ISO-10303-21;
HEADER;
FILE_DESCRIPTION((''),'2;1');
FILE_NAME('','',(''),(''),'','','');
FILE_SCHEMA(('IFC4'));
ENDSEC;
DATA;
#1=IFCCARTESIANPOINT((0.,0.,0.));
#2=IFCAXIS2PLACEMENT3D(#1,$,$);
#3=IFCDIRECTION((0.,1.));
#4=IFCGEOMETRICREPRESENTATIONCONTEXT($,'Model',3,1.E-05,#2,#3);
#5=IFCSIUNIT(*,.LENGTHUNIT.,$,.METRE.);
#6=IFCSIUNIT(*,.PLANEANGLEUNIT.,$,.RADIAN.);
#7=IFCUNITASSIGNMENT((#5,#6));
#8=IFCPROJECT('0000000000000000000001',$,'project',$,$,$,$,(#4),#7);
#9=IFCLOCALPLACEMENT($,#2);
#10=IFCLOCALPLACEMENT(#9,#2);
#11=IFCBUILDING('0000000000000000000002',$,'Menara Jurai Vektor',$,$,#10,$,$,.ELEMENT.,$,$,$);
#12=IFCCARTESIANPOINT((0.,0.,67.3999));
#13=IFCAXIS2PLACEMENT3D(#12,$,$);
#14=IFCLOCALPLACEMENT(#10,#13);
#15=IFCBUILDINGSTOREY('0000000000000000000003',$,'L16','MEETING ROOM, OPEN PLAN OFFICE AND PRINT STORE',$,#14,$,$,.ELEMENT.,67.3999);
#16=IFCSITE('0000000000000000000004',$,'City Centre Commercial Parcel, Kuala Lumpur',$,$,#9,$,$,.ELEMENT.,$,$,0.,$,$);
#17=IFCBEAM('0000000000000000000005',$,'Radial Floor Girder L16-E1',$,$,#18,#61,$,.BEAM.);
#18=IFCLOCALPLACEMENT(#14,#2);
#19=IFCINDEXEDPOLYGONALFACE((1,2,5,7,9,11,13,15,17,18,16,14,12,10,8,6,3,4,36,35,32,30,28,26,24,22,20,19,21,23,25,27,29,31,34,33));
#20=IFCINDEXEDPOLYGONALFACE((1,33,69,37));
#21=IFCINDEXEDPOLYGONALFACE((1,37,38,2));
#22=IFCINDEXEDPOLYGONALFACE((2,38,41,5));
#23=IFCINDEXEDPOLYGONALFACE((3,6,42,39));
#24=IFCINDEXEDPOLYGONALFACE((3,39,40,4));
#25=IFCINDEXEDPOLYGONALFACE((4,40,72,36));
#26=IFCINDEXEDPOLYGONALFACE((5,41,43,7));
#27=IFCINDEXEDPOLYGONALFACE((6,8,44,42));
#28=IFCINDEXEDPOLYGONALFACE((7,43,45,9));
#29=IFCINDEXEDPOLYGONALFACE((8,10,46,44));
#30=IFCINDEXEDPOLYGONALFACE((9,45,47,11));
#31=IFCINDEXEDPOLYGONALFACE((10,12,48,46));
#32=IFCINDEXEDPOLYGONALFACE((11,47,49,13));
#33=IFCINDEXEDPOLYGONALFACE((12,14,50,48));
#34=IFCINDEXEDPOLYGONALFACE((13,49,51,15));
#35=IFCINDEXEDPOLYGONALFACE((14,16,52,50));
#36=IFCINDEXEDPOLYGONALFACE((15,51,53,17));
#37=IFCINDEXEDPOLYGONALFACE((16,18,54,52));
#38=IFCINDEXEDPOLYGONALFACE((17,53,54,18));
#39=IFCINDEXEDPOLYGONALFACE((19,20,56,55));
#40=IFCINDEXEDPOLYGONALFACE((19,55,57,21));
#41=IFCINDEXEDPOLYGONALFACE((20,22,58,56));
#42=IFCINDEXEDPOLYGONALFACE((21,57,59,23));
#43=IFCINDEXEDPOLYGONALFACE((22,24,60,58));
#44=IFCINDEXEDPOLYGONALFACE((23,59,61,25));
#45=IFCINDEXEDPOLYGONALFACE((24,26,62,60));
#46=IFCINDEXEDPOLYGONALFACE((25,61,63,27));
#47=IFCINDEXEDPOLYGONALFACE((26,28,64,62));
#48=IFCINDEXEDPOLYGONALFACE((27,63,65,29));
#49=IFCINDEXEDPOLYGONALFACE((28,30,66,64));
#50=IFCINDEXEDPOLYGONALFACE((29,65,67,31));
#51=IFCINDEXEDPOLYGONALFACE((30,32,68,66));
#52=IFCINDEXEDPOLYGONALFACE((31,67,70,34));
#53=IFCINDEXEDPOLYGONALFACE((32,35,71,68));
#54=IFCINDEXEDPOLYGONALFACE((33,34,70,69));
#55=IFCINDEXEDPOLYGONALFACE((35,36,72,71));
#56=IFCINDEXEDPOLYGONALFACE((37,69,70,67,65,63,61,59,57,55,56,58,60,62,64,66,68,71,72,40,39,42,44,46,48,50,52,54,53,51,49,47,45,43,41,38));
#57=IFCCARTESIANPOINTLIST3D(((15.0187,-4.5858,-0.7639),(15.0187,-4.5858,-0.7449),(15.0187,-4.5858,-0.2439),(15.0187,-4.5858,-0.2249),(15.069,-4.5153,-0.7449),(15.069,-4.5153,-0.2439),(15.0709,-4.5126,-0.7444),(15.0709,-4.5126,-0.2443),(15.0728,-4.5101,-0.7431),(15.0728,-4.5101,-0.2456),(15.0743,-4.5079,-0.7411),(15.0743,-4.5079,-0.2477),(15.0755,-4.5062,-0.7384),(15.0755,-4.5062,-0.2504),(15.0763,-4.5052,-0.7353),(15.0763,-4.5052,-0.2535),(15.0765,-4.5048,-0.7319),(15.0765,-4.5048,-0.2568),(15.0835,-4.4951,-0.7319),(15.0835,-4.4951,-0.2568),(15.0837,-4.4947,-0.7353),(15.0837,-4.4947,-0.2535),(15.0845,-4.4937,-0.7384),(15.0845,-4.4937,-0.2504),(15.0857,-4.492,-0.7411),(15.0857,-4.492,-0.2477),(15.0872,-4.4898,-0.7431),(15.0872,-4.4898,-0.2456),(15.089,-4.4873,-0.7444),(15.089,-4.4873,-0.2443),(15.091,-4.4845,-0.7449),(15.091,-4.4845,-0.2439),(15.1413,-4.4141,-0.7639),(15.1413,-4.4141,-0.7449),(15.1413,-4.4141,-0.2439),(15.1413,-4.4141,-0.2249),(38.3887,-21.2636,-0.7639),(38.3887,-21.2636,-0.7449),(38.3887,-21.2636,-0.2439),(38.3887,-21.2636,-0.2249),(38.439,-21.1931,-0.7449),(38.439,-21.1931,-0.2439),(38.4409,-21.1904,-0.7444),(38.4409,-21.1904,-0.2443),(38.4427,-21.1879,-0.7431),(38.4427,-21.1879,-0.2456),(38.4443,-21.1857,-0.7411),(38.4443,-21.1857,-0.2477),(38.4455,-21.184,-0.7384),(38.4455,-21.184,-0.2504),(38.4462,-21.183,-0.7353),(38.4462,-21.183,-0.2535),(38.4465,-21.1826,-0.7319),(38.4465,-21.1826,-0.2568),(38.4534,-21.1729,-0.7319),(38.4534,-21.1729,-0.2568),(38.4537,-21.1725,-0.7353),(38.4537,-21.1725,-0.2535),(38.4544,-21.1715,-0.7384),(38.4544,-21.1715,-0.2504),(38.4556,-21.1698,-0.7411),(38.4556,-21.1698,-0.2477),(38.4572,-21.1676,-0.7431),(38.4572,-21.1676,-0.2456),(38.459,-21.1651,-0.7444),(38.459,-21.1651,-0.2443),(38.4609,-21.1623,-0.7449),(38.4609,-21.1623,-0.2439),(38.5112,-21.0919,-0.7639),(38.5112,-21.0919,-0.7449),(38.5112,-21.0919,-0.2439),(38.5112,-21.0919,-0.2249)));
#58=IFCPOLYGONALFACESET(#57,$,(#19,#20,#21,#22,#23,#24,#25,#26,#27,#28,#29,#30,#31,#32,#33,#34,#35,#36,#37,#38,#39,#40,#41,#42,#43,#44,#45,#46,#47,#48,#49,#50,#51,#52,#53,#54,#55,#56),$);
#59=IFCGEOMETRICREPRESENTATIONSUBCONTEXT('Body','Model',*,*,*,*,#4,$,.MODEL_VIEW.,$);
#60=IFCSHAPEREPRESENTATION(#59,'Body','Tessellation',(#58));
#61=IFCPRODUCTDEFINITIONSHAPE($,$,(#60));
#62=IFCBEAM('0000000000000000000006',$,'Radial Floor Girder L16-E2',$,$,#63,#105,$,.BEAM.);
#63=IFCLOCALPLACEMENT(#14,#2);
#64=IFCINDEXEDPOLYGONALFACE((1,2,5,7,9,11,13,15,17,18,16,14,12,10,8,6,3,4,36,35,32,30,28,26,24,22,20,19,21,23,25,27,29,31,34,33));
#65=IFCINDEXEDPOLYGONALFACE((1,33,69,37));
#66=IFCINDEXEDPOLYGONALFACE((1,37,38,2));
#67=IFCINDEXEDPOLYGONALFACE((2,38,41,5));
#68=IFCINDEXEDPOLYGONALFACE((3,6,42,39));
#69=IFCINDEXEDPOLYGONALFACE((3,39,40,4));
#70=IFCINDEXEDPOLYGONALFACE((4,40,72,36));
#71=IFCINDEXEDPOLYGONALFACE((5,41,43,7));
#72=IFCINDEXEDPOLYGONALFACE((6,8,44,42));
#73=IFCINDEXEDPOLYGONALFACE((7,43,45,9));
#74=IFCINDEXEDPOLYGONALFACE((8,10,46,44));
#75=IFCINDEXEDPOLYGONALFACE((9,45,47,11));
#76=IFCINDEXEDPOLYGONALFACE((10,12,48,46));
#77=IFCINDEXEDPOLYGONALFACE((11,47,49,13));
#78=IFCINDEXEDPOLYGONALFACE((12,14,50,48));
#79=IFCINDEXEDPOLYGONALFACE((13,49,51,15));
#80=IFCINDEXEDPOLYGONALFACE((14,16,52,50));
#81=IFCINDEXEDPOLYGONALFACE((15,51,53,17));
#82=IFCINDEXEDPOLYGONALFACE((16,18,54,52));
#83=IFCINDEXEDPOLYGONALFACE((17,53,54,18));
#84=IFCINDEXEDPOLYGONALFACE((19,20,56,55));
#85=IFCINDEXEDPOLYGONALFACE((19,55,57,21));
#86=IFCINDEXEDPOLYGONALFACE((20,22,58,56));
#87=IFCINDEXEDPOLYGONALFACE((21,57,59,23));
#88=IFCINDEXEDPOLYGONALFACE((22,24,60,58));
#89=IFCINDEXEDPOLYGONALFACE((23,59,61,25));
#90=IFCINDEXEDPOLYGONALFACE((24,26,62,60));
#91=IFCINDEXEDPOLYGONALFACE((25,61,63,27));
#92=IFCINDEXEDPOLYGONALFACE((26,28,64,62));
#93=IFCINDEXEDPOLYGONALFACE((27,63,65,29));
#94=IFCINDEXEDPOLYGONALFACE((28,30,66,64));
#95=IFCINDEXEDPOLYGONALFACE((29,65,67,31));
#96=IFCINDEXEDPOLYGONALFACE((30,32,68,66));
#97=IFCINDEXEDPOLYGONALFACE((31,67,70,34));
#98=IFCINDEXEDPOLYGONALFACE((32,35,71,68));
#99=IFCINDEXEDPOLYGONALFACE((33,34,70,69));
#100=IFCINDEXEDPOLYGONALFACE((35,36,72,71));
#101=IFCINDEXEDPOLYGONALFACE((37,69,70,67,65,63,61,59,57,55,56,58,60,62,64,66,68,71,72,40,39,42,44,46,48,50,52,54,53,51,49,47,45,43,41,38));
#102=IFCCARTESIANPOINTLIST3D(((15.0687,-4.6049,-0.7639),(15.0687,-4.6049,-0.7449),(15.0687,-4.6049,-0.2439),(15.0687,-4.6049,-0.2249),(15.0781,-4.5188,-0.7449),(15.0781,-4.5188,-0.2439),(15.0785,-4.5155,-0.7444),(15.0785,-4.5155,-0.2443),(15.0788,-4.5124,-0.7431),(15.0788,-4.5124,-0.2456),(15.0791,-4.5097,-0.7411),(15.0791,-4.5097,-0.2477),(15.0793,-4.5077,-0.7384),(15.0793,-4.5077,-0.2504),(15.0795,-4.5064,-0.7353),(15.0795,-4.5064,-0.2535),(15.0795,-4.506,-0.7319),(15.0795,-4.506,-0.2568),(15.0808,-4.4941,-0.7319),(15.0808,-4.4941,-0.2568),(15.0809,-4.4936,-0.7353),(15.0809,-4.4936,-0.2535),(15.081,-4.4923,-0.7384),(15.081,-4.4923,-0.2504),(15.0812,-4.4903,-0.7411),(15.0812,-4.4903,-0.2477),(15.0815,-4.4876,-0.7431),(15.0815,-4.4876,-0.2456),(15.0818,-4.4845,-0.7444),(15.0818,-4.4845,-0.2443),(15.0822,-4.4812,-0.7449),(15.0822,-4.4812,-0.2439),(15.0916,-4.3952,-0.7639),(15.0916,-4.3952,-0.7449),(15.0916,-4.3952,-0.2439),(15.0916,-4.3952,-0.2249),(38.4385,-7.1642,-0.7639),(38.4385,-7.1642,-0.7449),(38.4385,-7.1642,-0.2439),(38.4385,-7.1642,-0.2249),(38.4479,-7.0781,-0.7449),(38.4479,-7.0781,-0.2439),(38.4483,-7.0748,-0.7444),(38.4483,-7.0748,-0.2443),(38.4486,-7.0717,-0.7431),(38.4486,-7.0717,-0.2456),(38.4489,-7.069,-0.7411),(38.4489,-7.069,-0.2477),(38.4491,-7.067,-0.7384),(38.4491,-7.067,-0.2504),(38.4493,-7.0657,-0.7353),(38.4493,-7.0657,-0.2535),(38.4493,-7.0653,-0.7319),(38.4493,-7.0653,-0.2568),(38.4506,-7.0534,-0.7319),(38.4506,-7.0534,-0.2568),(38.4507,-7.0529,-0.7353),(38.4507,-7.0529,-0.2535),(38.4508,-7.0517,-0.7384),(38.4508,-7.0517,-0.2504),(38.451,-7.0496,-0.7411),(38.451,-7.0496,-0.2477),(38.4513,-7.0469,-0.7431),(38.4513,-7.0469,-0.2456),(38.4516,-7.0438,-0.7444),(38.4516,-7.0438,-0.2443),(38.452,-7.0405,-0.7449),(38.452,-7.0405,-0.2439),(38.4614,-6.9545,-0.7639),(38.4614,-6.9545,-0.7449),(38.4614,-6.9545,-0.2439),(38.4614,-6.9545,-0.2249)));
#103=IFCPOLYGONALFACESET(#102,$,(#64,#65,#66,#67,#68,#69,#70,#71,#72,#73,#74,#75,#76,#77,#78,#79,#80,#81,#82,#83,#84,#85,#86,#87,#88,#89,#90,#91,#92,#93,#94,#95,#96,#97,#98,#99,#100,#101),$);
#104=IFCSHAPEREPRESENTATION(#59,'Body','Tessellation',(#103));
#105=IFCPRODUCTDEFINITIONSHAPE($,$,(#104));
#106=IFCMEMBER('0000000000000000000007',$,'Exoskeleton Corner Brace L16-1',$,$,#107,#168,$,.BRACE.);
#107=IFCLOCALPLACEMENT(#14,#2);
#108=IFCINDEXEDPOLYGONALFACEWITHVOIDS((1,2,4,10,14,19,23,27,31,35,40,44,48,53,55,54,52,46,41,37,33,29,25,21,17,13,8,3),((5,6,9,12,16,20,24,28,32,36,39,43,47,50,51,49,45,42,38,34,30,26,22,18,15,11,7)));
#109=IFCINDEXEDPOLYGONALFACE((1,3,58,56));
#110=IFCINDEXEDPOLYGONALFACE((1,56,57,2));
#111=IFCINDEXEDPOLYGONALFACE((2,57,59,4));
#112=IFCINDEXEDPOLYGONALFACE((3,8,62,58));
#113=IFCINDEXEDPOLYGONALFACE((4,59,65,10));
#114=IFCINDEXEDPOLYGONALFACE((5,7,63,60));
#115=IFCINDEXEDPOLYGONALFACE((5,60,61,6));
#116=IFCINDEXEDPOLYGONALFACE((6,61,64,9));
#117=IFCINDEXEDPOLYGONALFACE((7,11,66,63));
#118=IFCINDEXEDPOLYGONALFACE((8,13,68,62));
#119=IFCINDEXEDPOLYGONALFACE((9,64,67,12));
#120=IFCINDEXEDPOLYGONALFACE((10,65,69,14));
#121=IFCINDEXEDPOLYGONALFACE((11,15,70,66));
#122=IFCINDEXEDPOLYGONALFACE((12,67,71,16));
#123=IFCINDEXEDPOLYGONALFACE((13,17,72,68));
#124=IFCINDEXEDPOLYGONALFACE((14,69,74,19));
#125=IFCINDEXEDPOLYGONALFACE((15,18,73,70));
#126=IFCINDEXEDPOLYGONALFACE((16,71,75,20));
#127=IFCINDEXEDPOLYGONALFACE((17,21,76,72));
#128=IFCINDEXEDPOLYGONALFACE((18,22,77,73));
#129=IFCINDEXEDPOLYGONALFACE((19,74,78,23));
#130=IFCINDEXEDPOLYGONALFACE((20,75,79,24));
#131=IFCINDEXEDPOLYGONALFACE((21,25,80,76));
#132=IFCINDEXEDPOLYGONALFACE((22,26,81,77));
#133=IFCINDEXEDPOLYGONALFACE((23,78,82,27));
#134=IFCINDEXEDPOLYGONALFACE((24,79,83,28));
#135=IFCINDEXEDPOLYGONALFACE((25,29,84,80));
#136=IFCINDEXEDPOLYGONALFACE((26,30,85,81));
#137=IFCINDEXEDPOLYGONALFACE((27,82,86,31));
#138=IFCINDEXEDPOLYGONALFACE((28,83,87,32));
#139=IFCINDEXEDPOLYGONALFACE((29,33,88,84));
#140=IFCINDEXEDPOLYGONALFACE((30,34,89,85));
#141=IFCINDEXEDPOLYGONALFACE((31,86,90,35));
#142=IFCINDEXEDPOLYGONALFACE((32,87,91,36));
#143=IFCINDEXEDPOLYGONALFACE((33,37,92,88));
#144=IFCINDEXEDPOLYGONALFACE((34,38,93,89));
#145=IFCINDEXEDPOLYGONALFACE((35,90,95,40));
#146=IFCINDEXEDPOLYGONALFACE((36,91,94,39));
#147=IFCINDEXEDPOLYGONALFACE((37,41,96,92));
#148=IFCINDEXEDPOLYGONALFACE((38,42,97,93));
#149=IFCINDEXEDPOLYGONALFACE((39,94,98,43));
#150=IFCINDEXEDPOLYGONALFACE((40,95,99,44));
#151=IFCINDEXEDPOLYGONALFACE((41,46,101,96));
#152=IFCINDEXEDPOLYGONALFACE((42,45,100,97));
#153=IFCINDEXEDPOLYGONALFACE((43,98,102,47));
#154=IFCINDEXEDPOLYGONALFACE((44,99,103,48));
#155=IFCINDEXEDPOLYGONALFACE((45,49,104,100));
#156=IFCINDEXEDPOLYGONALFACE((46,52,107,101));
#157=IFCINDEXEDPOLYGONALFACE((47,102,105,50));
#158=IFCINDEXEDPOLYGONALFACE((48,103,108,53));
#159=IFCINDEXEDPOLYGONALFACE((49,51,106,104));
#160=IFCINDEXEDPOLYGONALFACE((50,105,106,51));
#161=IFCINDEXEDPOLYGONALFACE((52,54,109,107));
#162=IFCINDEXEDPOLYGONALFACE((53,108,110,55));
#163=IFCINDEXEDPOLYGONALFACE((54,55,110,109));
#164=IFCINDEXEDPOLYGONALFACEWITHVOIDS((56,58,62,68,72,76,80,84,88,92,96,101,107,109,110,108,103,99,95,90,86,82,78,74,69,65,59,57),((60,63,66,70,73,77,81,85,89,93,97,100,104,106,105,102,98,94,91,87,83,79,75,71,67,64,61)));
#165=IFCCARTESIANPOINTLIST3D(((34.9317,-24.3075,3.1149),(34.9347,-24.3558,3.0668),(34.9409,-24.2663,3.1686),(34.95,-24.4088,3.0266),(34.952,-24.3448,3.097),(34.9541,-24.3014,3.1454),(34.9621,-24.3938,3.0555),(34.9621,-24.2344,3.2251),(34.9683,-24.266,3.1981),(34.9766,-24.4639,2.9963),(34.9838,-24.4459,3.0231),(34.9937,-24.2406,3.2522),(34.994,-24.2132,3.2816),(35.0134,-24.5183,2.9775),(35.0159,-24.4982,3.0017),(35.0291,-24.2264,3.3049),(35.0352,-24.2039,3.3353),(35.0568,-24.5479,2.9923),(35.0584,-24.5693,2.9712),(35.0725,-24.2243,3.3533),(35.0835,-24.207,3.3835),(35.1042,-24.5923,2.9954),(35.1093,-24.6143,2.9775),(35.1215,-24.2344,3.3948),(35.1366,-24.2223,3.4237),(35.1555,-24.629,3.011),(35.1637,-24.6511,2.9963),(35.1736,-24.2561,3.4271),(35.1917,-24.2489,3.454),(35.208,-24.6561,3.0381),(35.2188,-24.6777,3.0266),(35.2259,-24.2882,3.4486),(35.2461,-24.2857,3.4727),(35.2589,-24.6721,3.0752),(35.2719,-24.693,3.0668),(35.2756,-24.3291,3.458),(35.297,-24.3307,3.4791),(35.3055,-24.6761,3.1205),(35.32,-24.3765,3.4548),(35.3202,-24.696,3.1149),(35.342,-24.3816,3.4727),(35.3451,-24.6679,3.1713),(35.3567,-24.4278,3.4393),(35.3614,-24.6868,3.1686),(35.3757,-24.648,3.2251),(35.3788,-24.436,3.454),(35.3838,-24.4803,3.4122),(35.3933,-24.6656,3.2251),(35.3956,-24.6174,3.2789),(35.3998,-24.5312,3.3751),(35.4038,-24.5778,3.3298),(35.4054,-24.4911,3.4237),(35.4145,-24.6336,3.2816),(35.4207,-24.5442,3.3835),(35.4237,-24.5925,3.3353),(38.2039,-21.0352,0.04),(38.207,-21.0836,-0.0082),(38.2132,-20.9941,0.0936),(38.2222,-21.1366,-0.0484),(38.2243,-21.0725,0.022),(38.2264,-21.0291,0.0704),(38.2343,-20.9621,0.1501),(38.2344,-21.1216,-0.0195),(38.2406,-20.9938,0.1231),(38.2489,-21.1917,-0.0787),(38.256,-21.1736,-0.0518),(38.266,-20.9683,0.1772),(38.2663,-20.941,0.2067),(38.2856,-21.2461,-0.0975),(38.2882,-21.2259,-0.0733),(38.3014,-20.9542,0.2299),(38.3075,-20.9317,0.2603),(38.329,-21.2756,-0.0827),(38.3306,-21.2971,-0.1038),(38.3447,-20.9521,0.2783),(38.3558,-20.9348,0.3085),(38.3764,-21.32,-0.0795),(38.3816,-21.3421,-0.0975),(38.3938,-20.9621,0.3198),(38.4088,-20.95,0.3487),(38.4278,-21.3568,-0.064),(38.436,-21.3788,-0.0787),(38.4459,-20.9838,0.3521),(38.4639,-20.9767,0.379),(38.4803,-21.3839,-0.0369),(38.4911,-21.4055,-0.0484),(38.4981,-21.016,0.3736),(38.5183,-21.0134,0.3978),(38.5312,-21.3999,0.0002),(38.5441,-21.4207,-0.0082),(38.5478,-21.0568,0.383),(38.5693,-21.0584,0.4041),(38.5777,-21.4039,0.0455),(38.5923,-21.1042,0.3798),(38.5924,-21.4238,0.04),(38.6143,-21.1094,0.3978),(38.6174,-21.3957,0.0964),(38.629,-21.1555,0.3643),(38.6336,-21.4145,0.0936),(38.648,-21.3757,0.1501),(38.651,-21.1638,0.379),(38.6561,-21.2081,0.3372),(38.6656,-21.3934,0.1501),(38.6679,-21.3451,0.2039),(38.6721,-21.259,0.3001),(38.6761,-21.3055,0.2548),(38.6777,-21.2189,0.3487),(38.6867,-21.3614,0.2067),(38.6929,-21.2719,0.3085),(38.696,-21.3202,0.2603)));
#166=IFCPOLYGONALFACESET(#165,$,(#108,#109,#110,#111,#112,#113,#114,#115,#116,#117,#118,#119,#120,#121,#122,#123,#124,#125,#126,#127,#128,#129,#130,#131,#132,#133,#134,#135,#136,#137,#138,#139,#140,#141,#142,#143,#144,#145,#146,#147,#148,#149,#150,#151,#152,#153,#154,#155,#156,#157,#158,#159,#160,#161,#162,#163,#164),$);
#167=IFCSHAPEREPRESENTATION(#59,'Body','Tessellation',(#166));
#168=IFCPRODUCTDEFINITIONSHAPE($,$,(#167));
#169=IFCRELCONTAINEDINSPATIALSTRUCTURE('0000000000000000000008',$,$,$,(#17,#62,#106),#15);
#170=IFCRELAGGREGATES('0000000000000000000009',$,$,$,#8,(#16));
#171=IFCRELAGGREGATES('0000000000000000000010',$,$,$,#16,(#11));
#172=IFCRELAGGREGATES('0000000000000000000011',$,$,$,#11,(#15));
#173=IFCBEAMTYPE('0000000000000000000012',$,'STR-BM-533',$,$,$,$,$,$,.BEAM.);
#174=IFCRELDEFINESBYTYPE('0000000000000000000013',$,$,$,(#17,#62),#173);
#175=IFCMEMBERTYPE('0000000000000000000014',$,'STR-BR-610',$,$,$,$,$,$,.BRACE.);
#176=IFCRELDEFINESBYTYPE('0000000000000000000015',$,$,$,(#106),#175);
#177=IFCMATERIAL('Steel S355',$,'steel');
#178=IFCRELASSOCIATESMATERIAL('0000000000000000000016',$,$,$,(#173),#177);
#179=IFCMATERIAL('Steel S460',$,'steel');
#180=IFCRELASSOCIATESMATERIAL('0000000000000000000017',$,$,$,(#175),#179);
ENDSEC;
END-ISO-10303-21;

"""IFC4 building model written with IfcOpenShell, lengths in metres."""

from ifc_helpers import new_model, si_unit, direction, frame, origin, origin_2d, place, context, subcontext, project, spatial, hollow_circle, i_section, extrude, material, material_profile, profile_set, type_object, element, save


model = new_model("IFC4")

# Units and contexts
model_context = context("Model", 3, precision=1e-05, world=origin(), true_north=direction((0.0, 1.0)))
body_context = subcontext(model_context, "Body", "Model", "MODEL_VIEW")
ifc_project = project(units=[si_unit("LENGTHUNIT", "METRE"), si_unit("PLANEANGLEUNIT", "RADIAN")], contexts=[model_context])

# Site, building, storey
site_placement = place(None, origin())
site = spatial("IfcSite", under=ifc_project, at=site_placement, Name="City Centre Commercial Parcel, Kuala Lumpur", CompositionType="ELEMENT", RefElevation=0.0)
building_placement = place(site_placement, origin())
building = spatial("IfcBuilding", under=site, at=building_placement, Name="Menara Jurai Vektor", CompositionType="ELEMENT")
storey_placement = place(building_placement, frame((0.0, 0.0, 67.3999)))
storey = spatial("IfcBuildingStorey", under=building, at=storey_placement, Name="L16", Description="MEETING ROOM, OPEN PLAN OFFICE AND PRINT STORE", CompositionType="ELEMENT", Elevation=67.3999)

# Shared definitions
ifc_material_1 = material(Name="Steel S460", Category="steel")

# Beams
ifc_material_2 = material(Name="Steel S355", Category="steel")
ifc_material_profile_1 = material_profile(ifc_material_2, i_section(OverallWidth=0.2109, OverallDepth=0.5391, WebThickness=0.012, FlangeThickness=0.019, FilletRadius=0.0129, at=origin_2d()), Name="UKB 533x210x109")
ifc_profile_set_1 = profile_set([ifc_material_profile_1], Name="Steel S355")
beam_type_1 = type_object("IfcBeamType", Name="STR-BM-533", PredefinedType="BEAM", material=ifc_profile_set_1)
beam_1_placement = place(storey_placement, frame((38.45, -21.1777, -0.4944), z_axis=(-0.813981, 0.580891, 0.0), x_axis=(-0.580891, -0.813981, 0.0)))
element("IfcBeam", 1, at=beam_1_placement, inside=storey, type_object=beam_type_1, Name="Radial Floor Girder L16-E1", PredefinedType="BEAM", context=body_context, shape_type="SweptSolid", body=[
    extrude(i_section(OverallWidth=0.2109, OverallDepth=0.5391, WebThickness=0.012, FlangeThickness=0.019, FilletRadius=0.0129, at=origin_2d()), origin(), (0.0, 0.0, 1.0), 28.7107),
])
beam_2_placement = place(storey_placement, frame((38.45, -7.0593, -0.4944), z_axis=(-0.994057, 0.108863, 0.0), x_axis=(-0.108863, -0.994057, 0.0)))
element("IfcBeam", 2, at=beam_2_placement, inside=storey, type_object=beam_type_1, Name="Radial Floor Girder L16-E2", PredefinedType="BEAM", context=body_context, shape_type="SweptSolid", body=[
    extrude(i_section(OverallWidth=0.2109, OverallDepth=0.5391, WebThickness=0.012, FlangeThickness=0.019, FilletRadius=0.0129, at=origin_2d()), origin(), (0.0, 0.0, 1.0), 23.5095),
])

# Member
ifc_material_profile_2 = material_profile(ifc_material_1, hollow_circle(Radius=0.3049, WallThickness=0.0249, at=origin_2d()), Name="CHS 610x25")
ifc_profile_set_2 = profile_set([ifc_material_profile_2], Name="Steel S460")
member_type_1 = type_object("IfcMemberType", Name="STR-BR-610", PredefinedType="BRACE", material=ifc_profile_set_2)
member_1_placement = place(storey_placement, frame((38.45, -21.1777, 0.1501), z_axis=(-0.588942, -0.588942, 0.553438), x_axis=(0.707107, -0.707107, 0.0)))
element("IfcMember", 3, at=member_1_placement, inside=storey, type_object=member_type_1, Name="Exoskeleton Corner Brace L16-1", PredefinedType="BRACE", context=body_context, shape_type="SweptSolid", body=[
    extrude(hollow_circle(Radius=0.3049, WallThickness=0.0249, at=origin_2d()), origin(), (0.0, 0.0, 1.0), 5.5562),
])

save(model, "model.ifc")
